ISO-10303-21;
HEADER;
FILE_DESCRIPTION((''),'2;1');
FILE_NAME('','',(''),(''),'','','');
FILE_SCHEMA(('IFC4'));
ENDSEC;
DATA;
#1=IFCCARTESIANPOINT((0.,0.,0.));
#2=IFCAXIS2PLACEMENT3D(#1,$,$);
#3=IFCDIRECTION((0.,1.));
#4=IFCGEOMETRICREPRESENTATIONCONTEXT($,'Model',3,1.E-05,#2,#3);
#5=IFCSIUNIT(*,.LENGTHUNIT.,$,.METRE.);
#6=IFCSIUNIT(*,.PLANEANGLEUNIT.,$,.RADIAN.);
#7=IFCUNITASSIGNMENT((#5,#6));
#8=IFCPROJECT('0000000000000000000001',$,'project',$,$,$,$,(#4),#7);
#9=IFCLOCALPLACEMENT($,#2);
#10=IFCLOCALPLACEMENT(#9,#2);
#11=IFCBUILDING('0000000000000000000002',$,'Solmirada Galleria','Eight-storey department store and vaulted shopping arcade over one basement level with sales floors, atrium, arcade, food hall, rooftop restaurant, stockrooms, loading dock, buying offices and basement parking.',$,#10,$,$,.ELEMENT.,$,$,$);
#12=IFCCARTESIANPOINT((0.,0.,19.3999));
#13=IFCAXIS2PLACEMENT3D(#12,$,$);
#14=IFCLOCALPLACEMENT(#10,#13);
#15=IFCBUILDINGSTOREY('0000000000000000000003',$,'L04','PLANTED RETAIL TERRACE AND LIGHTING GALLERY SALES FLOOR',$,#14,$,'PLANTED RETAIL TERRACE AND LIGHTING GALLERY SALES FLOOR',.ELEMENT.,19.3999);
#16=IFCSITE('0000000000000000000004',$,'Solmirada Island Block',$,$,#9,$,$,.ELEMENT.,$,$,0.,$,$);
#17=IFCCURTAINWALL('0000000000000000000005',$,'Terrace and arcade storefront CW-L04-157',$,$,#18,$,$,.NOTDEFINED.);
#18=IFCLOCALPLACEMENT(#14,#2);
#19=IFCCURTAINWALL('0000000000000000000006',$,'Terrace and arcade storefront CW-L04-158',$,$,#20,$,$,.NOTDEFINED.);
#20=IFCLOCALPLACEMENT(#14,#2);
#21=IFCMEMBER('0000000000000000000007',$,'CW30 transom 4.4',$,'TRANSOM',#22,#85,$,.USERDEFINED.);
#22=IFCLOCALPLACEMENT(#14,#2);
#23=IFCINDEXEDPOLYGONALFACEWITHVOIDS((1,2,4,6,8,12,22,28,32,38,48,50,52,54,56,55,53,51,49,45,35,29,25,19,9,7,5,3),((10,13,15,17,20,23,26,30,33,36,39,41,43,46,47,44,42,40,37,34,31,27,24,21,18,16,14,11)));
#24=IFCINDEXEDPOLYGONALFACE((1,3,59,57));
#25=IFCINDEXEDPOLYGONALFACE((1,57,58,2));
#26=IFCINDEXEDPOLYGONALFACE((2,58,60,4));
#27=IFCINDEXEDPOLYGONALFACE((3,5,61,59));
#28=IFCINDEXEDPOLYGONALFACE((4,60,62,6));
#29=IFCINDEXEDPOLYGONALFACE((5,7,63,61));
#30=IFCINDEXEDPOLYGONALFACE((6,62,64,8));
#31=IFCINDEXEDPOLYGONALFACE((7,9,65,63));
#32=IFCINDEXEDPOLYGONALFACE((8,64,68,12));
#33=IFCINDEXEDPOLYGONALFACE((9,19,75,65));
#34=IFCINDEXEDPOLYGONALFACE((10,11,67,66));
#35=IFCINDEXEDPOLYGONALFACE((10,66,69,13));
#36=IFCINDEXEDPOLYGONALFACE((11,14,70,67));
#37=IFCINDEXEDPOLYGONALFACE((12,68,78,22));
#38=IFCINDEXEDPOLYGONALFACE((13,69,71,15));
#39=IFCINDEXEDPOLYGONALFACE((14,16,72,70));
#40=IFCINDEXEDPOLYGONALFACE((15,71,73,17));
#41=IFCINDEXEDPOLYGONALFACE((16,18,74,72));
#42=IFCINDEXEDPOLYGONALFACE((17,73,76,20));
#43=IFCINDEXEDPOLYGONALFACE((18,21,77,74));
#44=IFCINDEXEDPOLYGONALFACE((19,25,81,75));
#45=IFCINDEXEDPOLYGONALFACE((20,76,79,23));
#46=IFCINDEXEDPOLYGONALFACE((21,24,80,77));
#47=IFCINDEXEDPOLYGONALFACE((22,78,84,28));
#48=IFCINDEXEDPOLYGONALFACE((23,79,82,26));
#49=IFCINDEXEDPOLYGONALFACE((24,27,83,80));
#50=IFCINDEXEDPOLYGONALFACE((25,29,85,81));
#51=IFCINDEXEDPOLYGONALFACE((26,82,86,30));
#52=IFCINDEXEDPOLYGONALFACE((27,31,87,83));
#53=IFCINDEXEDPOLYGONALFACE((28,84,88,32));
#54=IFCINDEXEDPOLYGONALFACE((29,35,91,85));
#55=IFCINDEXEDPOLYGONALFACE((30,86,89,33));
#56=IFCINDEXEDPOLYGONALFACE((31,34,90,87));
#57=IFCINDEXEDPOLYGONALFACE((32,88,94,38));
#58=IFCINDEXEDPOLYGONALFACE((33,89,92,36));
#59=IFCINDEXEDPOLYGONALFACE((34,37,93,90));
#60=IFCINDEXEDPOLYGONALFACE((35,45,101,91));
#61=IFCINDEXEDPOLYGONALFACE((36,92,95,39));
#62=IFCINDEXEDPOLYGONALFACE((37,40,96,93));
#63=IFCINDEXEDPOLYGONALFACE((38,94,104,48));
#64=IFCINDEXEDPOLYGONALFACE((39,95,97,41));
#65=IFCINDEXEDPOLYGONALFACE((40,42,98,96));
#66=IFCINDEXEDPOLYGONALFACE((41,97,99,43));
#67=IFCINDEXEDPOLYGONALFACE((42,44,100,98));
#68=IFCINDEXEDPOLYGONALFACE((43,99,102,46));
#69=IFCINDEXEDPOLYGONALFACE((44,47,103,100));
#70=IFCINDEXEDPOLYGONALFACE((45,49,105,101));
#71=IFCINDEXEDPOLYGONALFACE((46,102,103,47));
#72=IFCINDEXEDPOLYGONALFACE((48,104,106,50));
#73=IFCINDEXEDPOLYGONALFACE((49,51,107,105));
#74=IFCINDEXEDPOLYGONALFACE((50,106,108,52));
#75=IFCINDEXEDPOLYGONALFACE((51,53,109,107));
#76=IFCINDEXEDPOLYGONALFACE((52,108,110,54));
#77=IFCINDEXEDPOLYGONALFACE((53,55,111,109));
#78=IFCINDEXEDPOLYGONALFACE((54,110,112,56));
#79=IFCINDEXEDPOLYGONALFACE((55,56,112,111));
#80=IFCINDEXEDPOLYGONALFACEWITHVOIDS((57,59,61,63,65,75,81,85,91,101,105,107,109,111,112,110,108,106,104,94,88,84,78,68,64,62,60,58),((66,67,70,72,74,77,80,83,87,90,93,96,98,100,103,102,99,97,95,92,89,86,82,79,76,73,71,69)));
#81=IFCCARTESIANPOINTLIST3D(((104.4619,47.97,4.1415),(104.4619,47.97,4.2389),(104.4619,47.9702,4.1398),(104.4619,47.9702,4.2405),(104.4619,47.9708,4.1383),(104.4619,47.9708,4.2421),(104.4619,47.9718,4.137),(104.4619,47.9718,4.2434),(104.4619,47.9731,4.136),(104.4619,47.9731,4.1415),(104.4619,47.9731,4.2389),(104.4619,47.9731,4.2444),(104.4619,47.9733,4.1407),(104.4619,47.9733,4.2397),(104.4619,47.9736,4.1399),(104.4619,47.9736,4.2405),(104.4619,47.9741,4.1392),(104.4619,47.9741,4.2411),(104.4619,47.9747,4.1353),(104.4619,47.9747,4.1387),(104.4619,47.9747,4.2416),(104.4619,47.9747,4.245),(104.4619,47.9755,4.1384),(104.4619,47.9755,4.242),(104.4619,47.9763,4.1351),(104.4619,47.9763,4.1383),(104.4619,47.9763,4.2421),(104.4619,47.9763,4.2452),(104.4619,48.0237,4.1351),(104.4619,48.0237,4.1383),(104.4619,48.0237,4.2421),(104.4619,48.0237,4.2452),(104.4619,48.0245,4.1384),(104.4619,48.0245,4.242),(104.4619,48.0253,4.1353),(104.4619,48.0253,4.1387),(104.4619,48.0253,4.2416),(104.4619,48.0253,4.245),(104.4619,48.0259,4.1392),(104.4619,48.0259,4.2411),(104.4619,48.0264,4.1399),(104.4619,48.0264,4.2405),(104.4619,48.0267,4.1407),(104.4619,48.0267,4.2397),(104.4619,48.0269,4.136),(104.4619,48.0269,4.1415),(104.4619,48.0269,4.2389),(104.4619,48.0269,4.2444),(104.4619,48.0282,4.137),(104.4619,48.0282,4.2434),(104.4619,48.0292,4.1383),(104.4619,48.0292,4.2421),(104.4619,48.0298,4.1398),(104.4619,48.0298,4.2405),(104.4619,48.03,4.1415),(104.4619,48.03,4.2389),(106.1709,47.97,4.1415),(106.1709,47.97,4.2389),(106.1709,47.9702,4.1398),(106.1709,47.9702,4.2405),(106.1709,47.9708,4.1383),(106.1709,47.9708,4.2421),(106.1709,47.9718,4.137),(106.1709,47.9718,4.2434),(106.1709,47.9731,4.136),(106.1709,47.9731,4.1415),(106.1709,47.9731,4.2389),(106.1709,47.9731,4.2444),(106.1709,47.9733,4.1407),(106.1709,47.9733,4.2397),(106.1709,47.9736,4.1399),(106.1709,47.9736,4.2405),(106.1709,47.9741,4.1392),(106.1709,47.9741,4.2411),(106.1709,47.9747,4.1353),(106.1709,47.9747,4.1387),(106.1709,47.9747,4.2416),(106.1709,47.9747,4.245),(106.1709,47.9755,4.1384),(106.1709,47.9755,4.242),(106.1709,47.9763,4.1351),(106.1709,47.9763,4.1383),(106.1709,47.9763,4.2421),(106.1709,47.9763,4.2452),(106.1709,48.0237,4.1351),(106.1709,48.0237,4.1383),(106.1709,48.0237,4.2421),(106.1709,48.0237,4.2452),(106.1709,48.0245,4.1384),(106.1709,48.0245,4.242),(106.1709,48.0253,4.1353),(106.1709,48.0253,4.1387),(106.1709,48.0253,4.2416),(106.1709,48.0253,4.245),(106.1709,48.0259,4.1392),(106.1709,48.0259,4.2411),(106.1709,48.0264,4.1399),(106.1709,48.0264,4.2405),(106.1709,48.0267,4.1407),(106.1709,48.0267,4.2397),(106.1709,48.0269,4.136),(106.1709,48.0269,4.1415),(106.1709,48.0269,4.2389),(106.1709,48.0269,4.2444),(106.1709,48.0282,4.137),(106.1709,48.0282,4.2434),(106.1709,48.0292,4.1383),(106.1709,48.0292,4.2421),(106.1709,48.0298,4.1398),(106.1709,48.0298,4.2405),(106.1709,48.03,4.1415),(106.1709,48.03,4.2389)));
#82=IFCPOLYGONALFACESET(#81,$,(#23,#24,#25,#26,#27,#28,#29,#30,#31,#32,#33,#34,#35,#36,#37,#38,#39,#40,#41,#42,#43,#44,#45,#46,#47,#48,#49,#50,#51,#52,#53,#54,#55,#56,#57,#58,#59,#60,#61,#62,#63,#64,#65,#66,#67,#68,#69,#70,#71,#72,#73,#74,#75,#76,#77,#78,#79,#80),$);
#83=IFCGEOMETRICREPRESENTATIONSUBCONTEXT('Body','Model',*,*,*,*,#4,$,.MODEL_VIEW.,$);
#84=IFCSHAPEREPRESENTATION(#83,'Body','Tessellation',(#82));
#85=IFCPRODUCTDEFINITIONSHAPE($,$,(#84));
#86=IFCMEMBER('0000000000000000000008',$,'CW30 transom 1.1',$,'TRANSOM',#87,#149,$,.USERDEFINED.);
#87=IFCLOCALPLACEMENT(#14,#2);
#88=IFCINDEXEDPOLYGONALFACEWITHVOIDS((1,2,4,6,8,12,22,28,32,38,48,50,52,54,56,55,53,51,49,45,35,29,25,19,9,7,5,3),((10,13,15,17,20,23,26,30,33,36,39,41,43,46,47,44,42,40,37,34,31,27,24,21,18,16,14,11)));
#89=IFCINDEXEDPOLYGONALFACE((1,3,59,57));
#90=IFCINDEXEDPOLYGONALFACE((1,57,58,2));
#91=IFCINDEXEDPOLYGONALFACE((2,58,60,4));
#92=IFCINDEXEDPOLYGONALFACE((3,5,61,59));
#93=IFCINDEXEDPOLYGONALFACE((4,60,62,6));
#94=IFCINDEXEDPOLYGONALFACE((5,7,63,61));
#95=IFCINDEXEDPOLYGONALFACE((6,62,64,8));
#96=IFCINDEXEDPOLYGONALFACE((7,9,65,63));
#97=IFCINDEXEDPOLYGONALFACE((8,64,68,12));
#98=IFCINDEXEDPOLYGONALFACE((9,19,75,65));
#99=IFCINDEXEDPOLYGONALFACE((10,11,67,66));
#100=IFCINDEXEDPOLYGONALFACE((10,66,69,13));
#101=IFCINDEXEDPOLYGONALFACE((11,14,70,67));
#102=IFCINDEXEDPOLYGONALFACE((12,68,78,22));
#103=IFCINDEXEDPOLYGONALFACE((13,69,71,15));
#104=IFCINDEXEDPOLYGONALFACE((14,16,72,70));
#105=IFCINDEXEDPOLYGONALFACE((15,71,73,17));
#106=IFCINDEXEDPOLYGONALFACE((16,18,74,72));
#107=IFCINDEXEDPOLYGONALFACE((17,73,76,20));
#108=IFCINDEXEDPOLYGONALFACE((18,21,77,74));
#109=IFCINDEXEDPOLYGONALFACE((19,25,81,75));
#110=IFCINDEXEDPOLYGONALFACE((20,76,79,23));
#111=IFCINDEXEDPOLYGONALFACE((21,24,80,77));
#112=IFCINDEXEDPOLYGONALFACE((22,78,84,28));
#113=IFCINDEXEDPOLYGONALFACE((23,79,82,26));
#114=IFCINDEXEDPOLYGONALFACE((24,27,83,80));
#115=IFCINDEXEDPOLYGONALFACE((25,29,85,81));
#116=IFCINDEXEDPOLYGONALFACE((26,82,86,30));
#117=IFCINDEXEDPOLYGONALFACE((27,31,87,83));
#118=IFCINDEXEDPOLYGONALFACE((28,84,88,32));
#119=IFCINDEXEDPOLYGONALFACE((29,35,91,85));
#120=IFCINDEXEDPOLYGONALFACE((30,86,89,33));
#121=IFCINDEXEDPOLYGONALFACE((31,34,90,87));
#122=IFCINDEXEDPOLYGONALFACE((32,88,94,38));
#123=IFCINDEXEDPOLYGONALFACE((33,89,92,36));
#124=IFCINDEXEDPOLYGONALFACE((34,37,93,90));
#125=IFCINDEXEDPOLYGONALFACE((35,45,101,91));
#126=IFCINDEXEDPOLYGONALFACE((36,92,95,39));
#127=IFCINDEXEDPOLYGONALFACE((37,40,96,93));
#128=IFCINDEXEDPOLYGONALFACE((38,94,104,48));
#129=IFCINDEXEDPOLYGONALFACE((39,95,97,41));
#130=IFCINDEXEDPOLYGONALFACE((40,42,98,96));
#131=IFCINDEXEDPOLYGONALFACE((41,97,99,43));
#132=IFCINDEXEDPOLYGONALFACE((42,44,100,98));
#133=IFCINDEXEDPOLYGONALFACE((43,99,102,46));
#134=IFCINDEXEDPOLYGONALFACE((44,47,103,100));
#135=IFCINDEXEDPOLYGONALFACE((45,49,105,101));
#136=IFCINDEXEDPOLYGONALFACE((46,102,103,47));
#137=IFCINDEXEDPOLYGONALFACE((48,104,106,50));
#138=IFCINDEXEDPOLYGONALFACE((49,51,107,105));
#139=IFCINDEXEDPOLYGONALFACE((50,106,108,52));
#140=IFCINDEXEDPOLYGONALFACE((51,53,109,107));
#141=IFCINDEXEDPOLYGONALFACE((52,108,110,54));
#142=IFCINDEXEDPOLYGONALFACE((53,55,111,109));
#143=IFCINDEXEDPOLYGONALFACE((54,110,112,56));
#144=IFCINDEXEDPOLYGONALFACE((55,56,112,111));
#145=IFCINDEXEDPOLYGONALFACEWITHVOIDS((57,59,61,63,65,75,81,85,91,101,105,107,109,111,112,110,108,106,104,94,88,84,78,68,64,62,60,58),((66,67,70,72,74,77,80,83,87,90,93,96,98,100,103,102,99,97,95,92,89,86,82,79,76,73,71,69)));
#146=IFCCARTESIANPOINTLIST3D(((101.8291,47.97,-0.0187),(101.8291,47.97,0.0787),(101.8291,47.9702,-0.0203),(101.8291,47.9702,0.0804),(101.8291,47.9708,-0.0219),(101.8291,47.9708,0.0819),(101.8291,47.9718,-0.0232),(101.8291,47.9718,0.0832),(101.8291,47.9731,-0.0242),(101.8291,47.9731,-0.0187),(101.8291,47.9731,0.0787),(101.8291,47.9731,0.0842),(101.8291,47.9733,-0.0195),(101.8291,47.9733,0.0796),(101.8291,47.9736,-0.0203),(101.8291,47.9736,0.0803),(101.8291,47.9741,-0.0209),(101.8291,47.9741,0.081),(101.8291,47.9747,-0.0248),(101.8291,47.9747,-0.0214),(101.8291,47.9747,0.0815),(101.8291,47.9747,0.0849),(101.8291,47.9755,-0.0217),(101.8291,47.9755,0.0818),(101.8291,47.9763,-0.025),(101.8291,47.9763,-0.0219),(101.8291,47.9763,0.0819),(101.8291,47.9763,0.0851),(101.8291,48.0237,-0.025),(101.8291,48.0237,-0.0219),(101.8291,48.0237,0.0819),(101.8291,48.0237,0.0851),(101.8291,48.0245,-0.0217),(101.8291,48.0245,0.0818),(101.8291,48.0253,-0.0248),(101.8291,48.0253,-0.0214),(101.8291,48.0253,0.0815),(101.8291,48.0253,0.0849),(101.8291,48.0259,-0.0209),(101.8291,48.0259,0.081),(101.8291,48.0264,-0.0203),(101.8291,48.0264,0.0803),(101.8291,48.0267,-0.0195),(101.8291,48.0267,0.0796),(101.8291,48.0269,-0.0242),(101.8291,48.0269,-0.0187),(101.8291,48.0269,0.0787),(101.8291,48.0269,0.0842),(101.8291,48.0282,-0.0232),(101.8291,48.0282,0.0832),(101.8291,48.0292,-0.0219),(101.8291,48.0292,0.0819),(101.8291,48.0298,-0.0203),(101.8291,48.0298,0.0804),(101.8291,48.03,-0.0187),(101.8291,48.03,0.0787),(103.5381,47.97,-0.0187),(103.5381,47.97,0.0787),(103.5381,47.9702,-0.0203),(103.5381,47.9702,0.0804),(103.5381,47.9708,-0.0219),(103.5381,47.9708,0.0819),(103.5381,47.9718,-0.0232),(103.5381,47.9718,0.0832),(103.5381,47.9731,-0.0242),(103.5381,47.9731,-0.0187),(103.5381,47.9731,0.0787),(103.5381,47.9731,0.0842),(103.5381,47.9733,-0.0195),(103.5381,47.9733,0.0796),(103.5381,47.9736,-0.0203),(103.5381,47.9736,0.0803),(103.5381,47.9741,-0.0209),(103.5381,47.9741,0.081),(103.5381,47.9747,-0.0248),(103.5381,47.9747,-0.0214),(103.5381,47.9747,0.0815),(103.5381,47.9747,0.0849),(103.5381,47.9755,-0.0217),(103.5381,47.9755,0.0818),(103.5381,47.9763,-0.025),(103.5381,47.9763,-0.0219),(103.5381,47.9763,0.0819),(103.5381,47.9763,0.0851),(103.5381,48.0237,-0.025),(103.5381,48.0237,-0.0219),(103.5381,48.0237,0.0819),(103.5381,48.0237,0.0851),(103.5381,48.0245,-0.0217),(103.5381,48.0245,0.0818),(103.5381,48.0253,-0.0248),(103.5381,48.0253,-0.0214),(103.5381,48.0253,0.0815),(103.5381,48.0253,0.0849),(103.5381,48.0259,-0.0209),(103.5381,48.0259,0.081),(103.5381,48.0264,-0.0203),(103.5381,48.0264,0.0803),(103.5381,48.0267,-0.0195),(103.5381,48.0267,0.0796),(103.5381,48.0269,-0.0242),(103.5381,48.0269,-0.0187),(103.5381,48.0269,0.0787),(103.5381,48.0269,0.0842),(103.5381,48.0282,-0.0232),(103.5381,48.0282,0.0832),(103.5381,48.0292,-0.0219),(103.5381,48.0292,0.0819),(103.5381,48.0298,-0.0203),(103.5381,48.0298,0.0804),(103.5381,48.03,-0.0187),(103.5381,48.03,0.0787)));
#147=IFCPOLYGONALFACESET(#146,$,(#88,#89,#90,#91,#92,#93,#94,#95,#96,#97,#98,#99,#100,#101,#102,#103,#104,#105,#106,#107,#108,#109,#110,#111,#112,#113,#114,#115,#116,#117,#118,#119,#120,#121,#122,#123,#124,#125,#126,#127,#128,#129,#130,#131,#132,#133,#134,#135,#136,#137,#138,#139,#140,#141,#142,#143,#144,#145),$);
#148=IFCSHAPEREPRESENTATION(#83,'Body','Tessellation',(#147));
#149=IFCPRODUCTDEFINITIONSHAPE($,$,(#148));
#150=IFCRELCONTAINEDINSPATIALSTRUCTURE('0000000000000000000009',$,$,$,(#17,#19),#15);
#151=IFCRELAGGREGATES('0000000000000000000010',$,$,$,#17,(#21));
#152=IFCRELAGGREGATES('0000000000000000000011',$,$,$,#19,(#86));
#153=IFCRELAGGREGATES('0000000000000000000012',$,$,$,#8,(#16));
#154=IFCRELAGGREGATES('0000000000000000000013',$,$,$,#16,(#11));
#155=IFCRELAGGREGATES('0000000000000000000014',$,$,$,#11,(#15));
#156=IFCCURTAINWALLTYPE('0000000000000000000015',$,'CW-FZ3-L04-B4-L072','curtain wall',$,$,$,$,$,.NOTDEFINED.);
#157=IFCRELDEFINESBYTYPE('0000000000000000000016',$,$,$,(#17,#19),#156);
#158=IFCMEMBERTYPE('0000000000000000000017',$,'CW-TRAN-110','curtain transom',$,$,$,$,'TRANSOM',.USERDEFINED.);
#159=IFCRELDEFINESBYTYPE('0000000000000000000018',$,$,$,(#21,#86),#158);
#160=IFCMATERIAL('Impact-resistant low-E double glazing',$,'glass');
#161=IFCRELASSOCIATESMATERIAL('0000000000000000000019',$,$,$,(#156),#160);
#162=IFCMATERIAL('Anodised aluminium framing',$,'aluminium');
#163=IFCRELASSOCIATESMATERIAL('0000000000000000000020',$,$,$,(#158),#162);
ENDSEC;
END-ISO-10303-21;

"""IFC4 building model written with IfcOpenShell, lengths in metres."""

from ifc_helpers import new_model, si_unit, direction, frame, origin, origin_2d, place, context, subcontext, project, spatial, hollow_rectangle, extrude, material, material_profile, profile_set, type_object, element, aggregate, save


model = new_model("IFC4")

# Units and contexts
model_context = context("Model", 3, precision=1e-05, world=origin(), true_north=direction((0.0, 1.0)))
body_context = subcontext(model_context, "Body", "Model", "MODEL_VIEW")
ifc_project = project(units=[si_unit("LENGTHUNIT", "METRE"), si_unit("PLANEANGLEUNIT", "RADIAN")], contexts=[model_context])

# Site, building, storey
site_placement = place(None, origin())
site = spatial("IfcSite", under=ifc_project, at=site_placement, Name="Solmirada Island Block", CompositionType="ELEMENT", RefElevation=0.0)
building_placement = place(site_placement, origin())
building = spatial("IfcBuilding", under=site, at=building_placement, Name="Solmirada Galleria", Description="Eight-storey department store and vaulted shopping arcade over one basement level with sales floors, atrium, arcade, food hall, rooftop restaurant, stockrooms, loading dock, buying offices and basement parking.", CompositionType="ELEMENT")
storey_placement = place(building_placement, frame((0.0, 0.0, 19.3999)))
storey = spatial("IfcBuildingStorey", under=building, at=storey_placement, Name="L04", Description="PLANTED RETAIL TERRACE AND LIGHTING GALLERY SALES FLOOR", LongName="PLANTED RETAIL TERRACE AND LIGHTING GALLERY SALES FLOOR", CompositionType="ELEMENT", Elevation=19.3999)

# Curtain wall
ifc_material_1 = material(Name="Impact-resistant low-E double glazing", Category="glass")
curtain_wall_type = type_object("IfcCurtainWallType", Name="CW-FZ3-L04-B4-L072", Description="curtain wall", PredefinedType="NOTDEFINED", material=ifc_material_1)
curtain_wall_1_placement = place(storey_placement, origin())
curtain_wall_1 = element("IfcCurtainWall", 1, at=curtain_wall_1_placement, inside=storey, type_object=curtain_wall_type, Name="Terrace and arcade storefront CW-L04-157", PredefinedType="NOTDEFINED")
ifc_material_2 = material(Name="Anodised aluminium framing", Category="aluminium")

# Curtain wall
curtain_wall_2_placement = place(storey_placement, origin())
curtain_wall_2 = element("IfcCurtainWall", 2, at=curtain_wall_2_placement, inside=storey, type_object=curtain_wall_type, Name="Terrace and arcade storefront CW-L04-158", PredefinedType="NOTDEFINED")

# Members
ifc_material_profile_1 = material_profile(ifc_material_2, hollow_rectangle(XDim=0.0601, YDim=0.1101, WallThickness=0.0032, InnerFilletRadius=0.0032, OuterFilletRadius=0.0063, at=origin_2d()), Name="ALU-TRAN-110X60")
ifc_profile_set_1 = profile_set([ifc_material_profile_1], Name="Anodised aluminium framing")
member_type_1 = type_object("IfcMemberType", Name="CW-TRAN-110", Description="curtain transom", ElementType="TRANSOM", PredefinedType="USERDEFINED", material=ifc_profile_set_1)
member_1_placement = place(storey_placement, frame((106.1709, 48.0, 4.1902), z_axis=(-1.0, 0.0, 0.0), x_axis=(0.0, -1.0, 0.0)))
member_1 = element("IfcMember", 3, at=member_1_placement, type_object=member_type_1, Name="CW30 transom 4.4", ObjectType="TRANSOM", PredefinedType="USERDEFINED", context=body_context, shape_type="SweptSolid", body=[
    extrude(hollow_rectangle(XDim=0.0601, YDim=0.1101, WallThickness=0.0032, InnerFilletRadius=0.0032, OuterFilletRadius=0.0063, at=origin_2d()), origin(), (0.0, 0.0, 1.0), 1.709),
])
member_2_placement = place(storey_placement, frame((103.5381, 48.0, 0.03), z_axis=(-1.0, 0.0, 0.0), x_axis=(0.0, -1.0, 0.0)))
member_2 = element("IfcMember", 4, at=member_2_placement, type_object=member_type_1, Name="CW30 transom 1.1", ObjectType="TRANSOM", PredefinedType="USERDEFINED", context=body_context, shape_type="SweptSolid", body=[
    extrude(hollow_rectangle(XDim=0.0601, YDim=0.1101, WallThickness=0.0032, InnerFilletRadius=0.0032, OuterFilletRadius=0.0063, at=origin_2d()), origin(), (0.0, 0.0, 1.0), 1.709),
])

aggregate(curtain_wall_1, [member_1])
aggregate(curtain_wall_2, [member_2])

save(model, "model.ifc")
